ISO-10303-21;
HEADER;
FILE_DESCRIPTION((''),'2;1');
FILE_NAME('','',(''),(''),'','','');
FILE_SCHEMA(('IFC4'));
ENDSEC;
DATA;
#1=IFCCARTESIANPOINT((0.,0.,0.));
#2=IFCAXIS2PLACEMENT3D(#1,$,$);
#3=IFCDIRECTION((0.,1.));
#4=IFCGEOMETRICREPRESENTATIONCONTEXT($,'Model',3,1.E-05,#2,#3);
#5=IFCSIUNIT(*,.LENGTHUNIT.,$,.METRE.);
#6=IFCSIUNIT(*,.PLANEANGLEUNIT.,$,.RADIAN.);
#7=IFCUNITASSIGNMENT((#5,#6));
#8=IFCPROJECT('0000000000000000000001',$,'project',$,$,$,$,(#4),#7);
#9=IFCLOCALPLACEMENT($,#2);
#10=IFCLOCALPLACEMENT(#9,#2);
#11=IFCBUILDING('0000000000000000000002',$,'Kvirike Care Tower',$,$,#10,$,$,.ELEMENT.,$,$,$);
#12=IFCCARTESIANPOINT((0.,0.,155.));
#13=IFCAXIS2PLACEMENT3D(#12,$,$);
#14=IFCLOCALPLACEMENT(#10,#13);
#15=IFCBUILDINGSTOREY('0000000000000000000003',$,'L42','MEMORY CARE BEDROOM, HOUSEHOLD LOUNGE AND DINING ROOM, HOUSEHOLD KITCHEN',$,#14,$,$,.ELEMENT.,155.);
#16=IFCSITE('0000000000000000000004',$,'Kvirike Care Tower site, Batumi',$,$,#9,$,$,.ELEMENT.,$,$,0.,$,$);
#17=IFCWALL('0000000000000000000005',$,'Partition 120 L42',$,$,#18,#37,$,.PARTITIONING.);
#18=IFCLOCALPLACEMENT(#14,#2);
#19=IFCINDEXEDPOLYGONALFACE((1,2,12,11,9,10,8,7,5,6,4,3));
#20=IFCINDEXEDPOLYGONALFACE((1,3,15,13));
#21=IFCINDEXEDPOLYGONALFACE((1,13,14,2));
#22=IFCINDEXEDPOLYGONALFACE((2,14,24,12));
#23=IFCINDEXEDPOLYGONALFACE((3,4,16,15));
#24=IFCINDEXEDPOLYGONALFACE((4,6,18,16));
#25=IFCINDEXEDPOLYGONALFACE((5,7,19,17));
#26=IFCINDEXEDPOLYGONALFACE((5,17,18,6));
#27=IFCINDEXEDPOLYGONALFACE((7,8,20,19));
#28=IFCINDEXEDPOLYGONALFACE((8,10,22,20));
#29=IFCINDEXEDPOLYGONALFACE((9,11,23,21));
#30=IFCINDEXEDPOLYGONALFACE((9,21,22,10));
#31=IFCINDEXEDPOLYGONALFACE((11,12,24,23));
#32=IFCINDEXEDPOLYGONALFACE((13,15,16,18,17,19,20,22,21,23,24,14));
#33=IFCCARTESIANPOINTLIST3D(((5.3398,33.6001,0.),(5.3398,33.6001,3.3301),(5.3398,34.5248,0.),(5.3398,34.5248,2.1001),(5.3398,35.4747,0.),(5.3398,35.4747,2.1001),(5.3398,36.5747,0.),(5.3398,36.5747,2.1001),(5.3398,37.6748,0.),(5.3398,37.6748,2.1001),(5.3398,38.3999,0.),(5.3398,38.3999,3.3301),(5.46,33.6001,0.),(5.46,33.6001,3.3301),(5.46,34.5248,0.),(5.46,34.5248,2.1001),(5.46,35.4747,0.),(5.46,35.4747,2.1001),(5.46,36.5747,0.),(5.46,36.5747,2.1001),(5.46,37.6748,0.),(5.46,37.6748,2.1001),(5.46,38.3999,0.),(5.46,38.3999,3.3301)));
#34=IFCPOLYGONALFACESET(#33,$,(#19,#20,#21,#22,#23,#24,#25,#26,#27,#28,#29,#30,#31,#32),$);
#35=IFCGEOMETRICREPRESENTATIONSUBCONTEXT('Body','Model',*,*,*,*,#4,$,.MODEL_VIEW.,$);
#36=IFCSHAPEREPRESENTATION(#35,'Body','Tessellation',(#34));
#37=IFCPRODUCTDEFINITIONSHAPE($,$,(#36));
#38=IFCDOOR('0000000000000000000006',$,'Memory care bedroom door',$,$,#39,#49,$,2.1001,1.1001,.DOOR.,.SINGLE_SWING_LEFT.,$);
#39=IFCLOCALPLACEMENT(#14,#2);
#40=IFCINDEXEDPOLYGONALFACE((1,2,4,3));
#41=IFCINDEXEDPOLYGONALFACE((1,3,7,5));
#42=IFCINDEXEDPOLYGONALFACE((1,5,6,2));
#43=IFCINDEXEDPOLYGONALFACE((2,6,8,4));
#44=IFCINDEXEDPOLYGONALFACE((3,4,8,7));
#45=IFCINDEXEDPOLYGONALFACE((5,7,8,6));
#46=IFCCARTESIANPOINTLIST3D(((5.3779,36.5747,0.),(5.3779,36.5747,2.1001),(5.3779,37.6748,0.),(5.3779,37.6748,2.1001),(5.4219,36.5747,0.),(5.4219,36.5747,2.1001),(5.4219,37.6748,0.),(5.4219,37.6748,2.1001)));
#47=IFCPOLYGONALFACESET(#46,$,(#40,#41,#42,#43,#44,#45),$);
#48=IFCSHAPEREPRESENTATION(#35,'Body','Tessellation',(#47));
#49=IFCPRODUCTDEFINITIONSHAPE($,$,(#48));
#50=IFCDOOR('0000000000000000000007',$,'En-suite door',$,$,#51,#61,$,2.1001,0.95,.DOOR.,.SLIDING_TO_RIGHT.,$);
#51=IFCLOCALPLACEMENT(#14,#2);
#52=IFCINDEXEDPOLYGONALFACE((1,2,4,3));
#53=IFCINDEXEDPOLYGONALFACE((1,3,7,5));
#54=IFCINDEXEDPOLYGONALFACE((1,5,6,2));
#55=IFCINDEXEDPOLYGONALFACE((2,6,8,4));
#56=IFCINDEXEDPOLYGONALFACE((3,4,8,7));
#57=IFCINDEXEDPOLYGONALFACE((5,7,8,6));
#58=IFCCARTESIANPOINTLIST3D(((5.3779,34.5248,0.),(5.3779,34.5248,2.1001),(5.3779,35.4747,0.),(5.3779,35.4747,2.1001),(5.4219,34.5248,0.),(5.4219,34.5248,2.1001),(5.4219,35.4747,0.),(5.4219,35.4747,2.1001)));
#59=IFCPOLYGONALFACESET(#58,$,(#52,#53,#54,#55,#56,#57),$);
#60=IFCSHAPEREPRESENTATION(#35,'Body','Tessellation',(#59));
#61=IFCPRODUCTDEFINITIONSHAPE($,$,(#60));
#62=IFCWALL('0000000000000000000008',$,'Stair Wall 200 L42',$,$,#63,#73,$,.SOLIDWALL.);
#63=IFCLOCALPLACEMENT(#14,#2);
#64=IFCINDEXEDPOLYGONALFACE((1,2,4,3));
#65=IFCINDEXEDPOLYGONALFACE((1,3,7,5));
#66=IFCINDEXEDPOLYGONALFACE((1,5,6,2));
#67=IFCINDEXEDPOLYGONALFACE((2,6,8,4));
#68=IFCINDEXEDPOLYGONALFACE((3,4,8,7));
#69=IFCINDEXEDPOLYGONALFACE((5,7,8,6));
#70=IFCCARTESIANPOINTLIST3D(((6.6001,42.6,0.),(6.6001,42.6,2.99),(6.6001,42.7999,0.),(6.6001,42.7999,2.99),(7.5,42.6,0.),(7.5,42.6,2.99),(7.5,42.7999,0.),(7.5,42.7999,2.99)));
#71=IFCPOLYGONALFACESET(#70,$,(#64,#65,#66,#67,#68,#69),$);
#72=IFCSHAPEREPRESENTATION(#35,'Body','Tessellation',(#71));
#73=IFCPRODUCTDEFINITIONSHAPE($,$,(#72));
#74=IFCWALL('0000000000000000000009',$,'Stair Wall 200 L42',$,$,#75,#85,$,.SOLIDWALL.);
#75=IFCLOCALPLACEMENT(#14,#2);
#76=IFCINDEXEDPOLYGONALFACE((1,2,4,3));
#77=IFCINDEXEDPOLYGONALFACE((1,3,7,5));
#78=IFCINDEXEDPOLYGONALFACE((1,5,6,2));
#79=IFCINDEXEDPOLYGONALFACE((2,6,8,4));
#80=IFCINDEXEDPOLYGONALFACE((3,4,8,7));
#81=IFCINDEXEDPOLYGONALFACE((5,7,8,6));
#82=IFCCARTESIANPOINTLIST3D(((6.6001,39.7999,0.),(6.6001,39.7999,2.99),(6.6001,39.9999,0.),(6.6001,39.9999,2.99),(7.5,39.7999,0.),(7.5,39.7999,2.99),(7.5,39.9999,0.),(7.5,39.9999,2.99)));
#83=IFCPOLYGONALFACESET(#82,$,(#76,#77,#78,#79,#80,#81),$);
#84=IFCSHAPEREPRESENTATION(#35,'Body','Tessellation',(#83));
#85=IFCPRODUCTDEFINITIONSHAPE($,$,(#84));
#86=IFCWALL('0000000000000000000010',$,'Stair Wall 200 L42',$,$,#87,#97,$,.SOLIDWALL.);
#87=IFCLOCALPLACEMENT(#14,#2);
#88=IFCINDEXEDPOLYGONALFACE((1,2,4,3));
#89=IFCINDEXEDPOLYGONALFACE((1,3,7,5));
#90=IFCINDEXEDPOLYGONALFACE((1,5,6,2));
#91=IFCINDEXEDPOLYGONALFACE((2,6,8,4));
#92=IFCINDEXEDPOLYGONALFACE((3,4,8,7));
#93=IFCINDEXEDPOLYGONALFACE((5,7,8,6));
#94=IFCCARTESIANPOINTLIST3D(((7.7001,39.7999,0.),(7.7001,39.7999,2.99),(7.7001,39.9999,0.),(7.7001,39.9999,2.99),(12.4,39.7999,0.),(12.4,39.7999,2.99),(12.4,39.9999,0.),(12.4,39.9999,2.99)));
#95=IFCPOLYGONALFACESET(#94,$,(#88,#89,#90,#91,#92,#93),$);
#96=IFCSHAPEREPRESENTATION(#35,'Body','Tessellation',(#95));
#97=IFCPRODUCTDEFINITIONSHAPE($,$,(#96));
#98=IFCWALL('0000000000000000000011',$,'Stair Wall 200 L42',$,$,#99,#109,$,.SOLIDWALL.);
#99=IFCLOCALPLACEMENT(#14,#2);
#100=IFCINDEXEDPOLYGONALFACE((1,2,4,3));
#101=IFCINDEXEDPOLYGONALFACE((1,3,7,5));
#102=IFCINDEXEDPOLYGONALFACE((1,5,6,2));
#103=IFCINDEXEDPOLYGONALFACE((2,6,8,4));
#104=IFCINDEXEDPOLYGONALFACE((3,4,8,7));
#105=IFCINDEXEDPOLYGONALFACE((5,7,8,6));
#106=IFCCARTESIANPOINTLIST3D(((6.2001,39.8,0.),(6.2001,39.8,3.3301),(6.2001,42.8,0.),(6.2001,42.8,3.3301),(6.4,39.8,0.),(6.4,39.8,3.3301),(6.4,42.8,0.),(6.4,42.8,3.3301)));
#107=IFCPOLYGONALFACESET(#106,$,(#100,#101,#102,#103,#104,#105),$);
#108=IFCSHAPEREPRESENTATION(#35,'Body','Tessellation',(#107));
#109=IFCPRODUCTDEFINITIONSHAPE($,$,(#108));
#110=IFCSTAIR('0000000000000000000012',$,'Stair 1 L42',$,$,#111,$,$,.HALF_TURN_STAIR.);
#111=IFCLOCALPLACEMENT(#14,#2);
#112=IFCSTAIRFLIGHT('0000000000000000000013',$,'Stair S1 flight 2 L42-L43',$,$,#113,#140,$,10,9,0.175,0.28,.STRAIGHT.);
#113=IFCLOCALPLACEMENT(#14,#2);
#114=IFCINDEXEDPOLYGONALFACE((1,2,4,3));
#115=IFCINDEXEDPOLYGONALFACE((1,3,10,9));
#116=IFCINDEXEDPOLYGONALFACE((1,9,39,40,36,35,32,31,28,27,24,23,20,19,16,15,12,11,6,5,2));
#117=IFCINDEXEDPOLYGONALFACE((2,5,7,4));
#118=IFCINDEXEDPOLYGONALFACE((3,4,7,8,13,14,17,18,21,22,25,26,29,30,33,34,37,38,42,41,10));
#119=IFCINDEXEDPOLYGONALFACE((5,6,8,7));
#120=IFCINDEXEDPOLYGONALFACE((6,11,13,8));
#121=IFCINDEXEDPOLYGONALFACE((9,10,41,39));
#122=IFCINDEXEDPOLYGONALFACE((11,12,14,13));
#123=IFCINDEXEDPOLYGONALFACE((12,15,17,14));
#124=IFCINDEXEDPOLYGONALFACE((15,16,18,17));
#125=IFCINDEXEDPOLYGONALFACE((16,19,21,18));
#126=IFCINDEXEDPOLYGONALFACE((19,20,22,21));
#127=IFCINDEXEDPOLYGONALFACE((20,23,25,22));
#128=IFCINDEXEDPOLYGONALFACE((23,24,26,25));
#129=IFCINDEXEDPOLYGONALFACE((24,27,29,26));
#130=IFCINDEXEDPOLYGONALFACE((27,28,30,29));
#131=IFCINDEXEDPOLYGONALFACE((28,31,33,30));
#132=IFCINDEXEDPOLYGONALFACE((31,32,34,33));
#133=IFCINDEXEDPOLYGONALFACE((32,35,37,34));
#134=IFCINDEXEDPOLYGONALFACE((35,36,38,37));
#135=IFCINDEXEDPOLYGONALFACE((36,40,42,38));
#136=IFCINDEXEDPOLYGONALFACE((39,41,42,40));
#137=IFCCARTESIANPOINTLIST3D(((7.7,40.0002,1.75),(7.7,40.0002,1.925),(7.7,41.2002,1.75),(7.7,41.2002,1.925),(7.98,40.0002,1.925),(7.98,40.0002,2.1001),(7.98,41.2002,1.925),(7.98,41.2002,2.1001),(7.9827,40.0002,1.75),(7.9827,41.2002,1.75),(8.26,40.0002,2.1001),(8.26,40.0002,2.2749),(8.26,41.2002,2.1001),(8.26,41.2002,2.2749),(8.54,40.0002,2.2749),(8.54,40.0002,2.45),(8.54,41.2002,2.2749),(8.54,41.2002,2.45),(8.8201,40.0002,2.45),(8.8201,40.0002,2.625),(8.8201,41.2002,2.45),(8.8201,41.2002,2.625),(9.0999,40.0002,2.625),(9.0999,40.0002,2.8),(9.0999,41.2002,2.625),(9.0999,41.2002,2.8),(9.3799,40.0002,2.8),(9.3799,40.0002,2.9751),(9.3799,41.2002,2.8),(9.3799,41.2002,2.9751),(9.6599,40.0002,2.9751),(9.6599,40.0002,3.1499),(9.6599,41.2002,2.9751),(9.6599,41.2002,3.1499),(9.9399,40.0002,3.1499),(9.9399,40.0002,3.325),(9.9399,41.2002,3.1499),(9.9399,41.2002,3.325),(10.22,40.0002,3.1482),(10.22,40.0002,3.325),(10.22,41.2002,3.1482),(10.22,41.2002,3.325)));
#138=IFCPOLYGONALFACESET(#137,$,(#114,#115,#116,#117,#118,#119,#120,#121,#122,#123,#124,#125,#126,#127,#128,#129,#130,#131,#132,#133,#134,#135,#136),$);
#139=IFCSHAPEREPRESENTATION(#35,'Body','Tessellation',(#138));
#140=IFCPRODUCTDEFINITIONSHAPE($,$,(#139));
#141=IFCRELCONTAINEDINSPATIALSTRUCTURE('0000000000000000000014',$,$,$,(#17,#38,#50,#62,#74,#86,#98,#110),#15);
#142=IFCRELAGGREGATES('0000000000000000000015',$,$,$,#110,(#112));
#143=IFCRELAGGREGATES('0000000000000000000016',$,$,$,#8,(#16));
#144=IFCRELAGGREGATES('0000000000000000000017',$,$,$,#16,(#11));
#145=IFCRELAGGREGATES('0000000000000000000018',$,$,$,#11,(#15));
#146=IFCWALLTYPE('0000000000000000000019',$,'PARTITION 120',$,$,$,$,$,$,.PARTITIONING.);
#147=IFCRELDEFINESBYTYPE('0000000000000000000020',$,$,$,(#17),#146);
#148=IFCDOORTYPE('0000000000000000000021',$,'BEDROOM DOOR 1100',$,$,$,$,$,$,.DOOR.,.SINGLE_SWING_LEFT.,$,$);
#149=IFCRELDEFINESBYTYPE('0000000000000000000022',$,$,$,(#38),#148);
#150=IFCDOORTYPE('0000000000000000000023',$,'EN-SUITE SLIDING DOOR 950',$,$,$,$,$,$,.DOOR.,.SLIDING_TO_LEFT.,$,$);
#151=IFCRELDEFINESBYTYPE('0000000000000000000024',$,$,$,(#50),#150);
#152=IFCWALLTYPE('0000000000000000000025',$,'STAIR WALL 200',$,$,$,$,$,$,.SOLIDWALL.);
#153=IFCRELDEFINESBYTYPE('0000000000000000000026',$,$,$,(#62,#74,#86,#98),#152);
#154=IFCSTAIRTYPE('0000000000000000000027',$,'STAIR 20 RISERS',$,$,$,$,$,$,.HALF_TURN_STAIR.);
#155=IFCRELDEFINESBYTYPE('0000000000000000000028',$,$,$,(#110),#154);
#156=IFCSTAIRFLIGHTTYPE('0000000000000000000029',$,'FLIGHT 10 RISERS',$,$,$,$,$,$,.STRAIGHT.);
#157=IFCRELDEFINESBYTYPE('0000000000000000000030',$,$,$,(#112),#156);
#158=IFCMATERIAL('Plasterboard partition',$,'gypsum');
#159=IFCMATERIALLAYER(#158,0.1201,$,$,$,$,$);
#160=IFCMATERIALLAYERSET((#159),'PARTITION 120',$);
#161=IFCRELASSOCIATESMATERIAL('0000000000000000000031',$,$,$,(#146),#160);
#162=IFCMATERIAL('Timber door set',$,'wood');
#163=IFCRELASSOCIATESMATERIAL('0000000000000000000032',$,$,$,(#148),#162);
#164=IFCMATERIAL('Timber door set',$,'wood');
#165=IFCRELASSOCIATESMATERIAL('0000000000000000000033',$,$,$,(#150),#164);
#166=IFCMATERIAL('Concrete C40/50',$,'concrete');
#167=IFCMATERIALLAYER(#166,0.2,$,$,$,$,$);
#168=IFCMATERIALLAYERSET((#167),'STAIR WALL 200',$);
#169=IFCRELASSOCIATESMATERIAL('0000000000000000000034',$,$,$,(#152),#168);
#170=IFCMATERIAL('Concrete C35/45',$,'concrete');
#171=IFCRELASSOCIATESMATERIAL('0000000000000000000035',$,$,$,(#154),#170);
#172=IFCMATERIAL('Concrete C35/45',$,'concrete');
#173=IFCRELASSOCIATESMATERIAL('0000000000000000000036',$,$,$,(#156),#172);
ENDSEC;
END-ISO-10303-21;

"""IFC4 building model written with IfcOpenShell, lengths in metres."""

from ifc_helpers import new_model, si_unit, direction, frame, frame_2d, origin, place, context, subcontext, project, spatial, polyline, rectangle, outline, extrude, material, layer, layer_set, type_object, element, fill, aggregate, save


model = new_model("IFC4")

# Units and contexts
model_context = context("Model", 3, precision=1e-05, world=origin(), true_north=direction((0.0, 1.0)))
body_context = subcontext(model_context, "Body", "Model", "MODEL_VIEW")
ifc_project = project(units=[si_unit("LENGTHUNIT", "METRE"), si_unit("PLANEANGLEUNIT", "RADIAN")], contexts=[model_context])

# Site, building, storey
site_placement = place(None, origin())
site = spatial("IfcSite", under=ifc_project, at=site_placement, Name="Kvirike Care Tower site, Batumi", CompositionType="ELEMENT", RefElevation=0.0)
building_placement = place(site_placement, origin())
building = spatial("IfcBuilding", under=site, at=building_placement, Name="Kvirike Care Tower", CompositionType="ELEMENT")
storey_placement = place(building_placement, frame((0.0, 0.0, 155.0)))
storey = spatial("IfcBuildingStorey", under=building, at=storey_placement, Name="L42", Description="MEMORY CARE BEDROOM, HOUSEHOLD LOUNGE AND DINING ROOM, HOUSEHOLD KITCHEN", CompositionType="ELEMENT", Elevation=155.0)

# Wall, openings, doors
ifc_material_1 = material(Name="Plasterboard partition", Category="gypsum")
ifc_layer_1 = layer(ifc_material_1, 0.1201)
ifc_layer_set_1 = layer_set([ifc_layer_1], Name="PARTITION 120")
wall_type_1 = type_object("IfcWallType", Name="PARTITION 120", PredefinedType="PARTITIONING", material=ifc_layer_set_1)
wall_1_placement = place(storey_placement, frame((5.3999, 38.3999, 0.0), z_axis=(0.0, 0.0, 1.0), x_axis=(0.0, -1.0, 0.0)))
wall_1 = element("IfcWall", 1, at=wall_1_placement, inside=storey, type_object=wall_type_1, Name="Partition 120 L42", PredefinedType="PARTITIONING", context=body_context, shape_type="SweptSolid", body=[
    extrude(rectangle(XDim=4.7998, YDim=0.1201, at=frame_2d((2.3999, 0.0))), origin(), (0.0, 0.0, 1.0), 3.3301),
])
opening_1_placement = place(wall_1_placement, frame((0.7251, 0.0, 0.0)))
opening_1 = element("IfcOpeningElement", 2, at=opening_1_placement, cuts=wall_1, PredefinedType="OPENING", context=body_context, shape_type="SweptSolid", body=[
    extrude(rectangle(XDim=1.1001, YDim=2.1001, at=frame_2d((0.55, 1.05))), frame((0.0, 0.0706, 0.0), z_axis=(0.0, -1.0, 0.0), x_axis=(1.0, 0.0, 0.0)), (0.0, 0.0, 1.0), 0.1411),
])
opening_2_placement = place(wall_1_placement, frame((2.925, 0.0, 0.0)))
opening_2 = element("IfcOpeningElement", 3, at=opening_2_placement, cuts=wall_1, PredefinedType="OPENING", context=body_context, shape_type="SweptSolid", body=[
    extrude(rectangle(XDim=0.95, YDim=2.1001, at=frame_2d((0.4751, 1.05))), frame((0.0, 0.0706, 0.0), z_axis=(0.0, -1.0, 0.0), x_axis=(1.0, 0.0, 0.0)), (0.0, 0.0, 1.0), 0.1411),
])
ifc_material_2 = material(Name="Timber door set", Category="wood")
door_type_1 = type_object("IfcDoorType", Name="BEDROOM DOOR 1100", OperationType="SINGLE_SWING_LEFT", PredefinedType="DOOR", material=ifc_material_2)
door_1_placement = place(opening_1_placement, origin())
door_1 = element("IfcDoor", 4, at=door_1_placement, inside=storey, type_object=door_type_1, Name="Memory care bedroom door", OperationType="SINGLE_SWING_LEFT", OverallHeight=2.1001, OverallWidth=1.1001, PredefinedType="DOOR", context=body_context, shape_type="SweptSolid", body=[
    extrude(rectangle(XDim=1.1001, YDim=2.1001, at=frame_2d((0.55, 1.05))), frame((0.0, 0.022, 0.0), z_axis=(0.0, -1.0, 0.0), x_axis=(1.0, 0.0, 0.0)), (0.0, 0.0, 1.0), 0.0439),
])
fill(opening_1, door_1)
ifc_material_3 = material(Name="Timber door set", Category="wood")
door_type_2 = type_object("IfcDoorType", Name="EN-SUITE SLIDING DOOR 950", OperationType="SLIDING_TO_LEFT", PredefinedType="DOOR", material=ifc_material_3)
door_2_placement = place(opening_2_placement, origin())
door_2 = element("IfcDoor", 5, at=door_2_placement, inside=storey, type_object=door_type_2, Name="En-suite door", OperationType="SLIDING_TO_RIGHT", OverallHeight=2.1001, OverallWidth=0.95, PredefinedType="DOOR", context=body_context, shape_type="SweptSolid", body=[
    extrude(rectangle(XDim=0.95, YDim=2.1001, at=frame_2d((0.4751, 1.05))), frame((0.0, 0.022, 0.0), z_axis=(0.0, -1.0, 0.0), x_axis=(1.0, 0.0, 0.0)), (0.0, 0.0, 1.0), 0.0439),
])
fill(opening_2, door_2)

# Walls
ifc_material_4 = material(Name="Concrete C40/50", Category="concrete")
ifc_layer_2 = layer(ifc_material_4, 0.2)
ifc_layer_set_2 = layer_set([ifc_layer_2], Name="STAIR WALL 200")
wall_type_2 = type_object("IfcWallType", Name="STAIR WALL 200", PredefinedType="SOLIDWALL", material=ifc_layer_set_2)
for number, where, z_axis, x_axis, name in (
    (6, (6.6001, 42.7, 0.0), (0.0, 0.0, 1.0), (1.0, 0.0, 0.0), "Stair Wall 200 L42"),
    (7, (6.6001, 39.8999, 0.0), (0.0, 0.0, 1.0), (1.0, 0.0, 0.0), "Stair Wall 200 L42"),
):
    element("IfcWall", number, at=place(storey_placement, frame(where, z_axis=z_axis, x_axis=x_axis)), inside=storey, type_object=wall_type_2, Name=name, PredefinedType="SOLIDWALL", context=body_context, shape_type="SweptSolid", body=[
        extrude(rectangle(XDim=0.8999, YDim=0.2, at=frame_2d((0.45, 0.0))), origin(), (0.0, 0.0, 1.0), 2.99),
    ])
wall_2_placement = place(storey_placement, frame((7.7, 39.8999, 0.0), z_axis=(0.0, 0.0, 1.0), x_axis=(1.0, 0.0, 0.0)))
element("IfcWall", 8, at=wall_2_placement, inside=storey, type_object=wall_type_2, Name="Stair Wall 200 L42", PredefinedType="SOLIDWALL", context=body_context, shape_type="SweptSolid", body=[
    extrude(rectangle(XDim=4.7, YDim=0.2, at=frame_2d((2.3501, 0.0))), origin(), (0.0, 0.0, 1.0), 2.99),
])
wall_3_placement = place(storey_placement, frame((6.3, 42.8, 0.0), z_axis=(0.0, 0.0, 1.0), x_axis=(0.0, -1.0, 0.0)))
element("IfcWall", 9, at=wall_3_placement, inside=storey, type_object=wall_type_2, Name="Stair Wall 200 L42", PredefinedType="SOLIDWALL", context=body_context, shape_type="SweptSolid", body=[
    extrude(rectangle(XDim=3.0, YDim=0.2, at=frame_2d((1.5, 0.0))), origin(), (0.0, 0.0, 1.0), 3.3301),
])

# Stair, stair flight
ifc_material_5 = material(Name="Concrete C35/45", Category="concrete")
stair_type = type_object("IfcStairType", Name="STAIR 20 RISERS", PredefinedType="HALF_TURN_STAIR", material=ifc_material_5)
stair_placement = place(storey_placement, origin())
stair = element("IfcStair", 10, at=stair_placement, inside=storey, type_object=stair_type, Name="Stair 1 L42", PredefinedType="HALF_TURN_STAIR")
ifc_material_6 = material(Name="Concrete C35/45", Category="concrete")
stair_flight_type = type_object("IfcStairFlightType", Name="FLIGHT 10 RISERS", PredefinedType="STRAIGHT", material=ifc_material_6)
stair_flight_placement = place(storey_placement, frame((7.7, 40.6001, 1.75), z_axis=(0.0, 0.0, 1.0), x_axis=(1.0, 0.0, 0.0)))
stair_flight = element("IfcStairFlight", 11, at=stair_flight_placement, type_object=stair_flight_type, Name="Stair S1 flight 2 L42-L43", NumberOfRisers=10, NumberOfTreads=9, PredefinedType="STRAIGHT", RiserHeight=0.175, TreadLength=0.28, context=body_context, shape_type="SweptSolid", body=[
    extrude(outline(polyline([(0.0, 0.0), (0.0, 0.175), (0.28, 0.175), (0.28, 0.3501), (0.5601, 0.3501), (0.5601, 0.5249), (0.8401, 0.5249), (0.8401, 0.7), (1.1201, 0.7), (1.1201, 0.875), (1.3999, 0.875), (1.3999, 1.05), (1.6799, 1.05), (1.6799, 1.2251), (1.96, 1.2251), (1.96, 1.3999), (2.24, 1.3999), (2.24, 1.575), (2.52, 1.575), (2.52, 1.75), (2.52, 1.3982), (0.2827, 0.0), (0.0, 0.0)])), frame((0.0, 0.6001, 0.0), z_axis=(0.0, -1.0, 0.0), x_axis=(1.0, 0.0, 0.0)), (0.0, 0.0, 1.0), 1.2),
])
aggregate(stair, [stair_flight])

save(model, "model.ifc")
